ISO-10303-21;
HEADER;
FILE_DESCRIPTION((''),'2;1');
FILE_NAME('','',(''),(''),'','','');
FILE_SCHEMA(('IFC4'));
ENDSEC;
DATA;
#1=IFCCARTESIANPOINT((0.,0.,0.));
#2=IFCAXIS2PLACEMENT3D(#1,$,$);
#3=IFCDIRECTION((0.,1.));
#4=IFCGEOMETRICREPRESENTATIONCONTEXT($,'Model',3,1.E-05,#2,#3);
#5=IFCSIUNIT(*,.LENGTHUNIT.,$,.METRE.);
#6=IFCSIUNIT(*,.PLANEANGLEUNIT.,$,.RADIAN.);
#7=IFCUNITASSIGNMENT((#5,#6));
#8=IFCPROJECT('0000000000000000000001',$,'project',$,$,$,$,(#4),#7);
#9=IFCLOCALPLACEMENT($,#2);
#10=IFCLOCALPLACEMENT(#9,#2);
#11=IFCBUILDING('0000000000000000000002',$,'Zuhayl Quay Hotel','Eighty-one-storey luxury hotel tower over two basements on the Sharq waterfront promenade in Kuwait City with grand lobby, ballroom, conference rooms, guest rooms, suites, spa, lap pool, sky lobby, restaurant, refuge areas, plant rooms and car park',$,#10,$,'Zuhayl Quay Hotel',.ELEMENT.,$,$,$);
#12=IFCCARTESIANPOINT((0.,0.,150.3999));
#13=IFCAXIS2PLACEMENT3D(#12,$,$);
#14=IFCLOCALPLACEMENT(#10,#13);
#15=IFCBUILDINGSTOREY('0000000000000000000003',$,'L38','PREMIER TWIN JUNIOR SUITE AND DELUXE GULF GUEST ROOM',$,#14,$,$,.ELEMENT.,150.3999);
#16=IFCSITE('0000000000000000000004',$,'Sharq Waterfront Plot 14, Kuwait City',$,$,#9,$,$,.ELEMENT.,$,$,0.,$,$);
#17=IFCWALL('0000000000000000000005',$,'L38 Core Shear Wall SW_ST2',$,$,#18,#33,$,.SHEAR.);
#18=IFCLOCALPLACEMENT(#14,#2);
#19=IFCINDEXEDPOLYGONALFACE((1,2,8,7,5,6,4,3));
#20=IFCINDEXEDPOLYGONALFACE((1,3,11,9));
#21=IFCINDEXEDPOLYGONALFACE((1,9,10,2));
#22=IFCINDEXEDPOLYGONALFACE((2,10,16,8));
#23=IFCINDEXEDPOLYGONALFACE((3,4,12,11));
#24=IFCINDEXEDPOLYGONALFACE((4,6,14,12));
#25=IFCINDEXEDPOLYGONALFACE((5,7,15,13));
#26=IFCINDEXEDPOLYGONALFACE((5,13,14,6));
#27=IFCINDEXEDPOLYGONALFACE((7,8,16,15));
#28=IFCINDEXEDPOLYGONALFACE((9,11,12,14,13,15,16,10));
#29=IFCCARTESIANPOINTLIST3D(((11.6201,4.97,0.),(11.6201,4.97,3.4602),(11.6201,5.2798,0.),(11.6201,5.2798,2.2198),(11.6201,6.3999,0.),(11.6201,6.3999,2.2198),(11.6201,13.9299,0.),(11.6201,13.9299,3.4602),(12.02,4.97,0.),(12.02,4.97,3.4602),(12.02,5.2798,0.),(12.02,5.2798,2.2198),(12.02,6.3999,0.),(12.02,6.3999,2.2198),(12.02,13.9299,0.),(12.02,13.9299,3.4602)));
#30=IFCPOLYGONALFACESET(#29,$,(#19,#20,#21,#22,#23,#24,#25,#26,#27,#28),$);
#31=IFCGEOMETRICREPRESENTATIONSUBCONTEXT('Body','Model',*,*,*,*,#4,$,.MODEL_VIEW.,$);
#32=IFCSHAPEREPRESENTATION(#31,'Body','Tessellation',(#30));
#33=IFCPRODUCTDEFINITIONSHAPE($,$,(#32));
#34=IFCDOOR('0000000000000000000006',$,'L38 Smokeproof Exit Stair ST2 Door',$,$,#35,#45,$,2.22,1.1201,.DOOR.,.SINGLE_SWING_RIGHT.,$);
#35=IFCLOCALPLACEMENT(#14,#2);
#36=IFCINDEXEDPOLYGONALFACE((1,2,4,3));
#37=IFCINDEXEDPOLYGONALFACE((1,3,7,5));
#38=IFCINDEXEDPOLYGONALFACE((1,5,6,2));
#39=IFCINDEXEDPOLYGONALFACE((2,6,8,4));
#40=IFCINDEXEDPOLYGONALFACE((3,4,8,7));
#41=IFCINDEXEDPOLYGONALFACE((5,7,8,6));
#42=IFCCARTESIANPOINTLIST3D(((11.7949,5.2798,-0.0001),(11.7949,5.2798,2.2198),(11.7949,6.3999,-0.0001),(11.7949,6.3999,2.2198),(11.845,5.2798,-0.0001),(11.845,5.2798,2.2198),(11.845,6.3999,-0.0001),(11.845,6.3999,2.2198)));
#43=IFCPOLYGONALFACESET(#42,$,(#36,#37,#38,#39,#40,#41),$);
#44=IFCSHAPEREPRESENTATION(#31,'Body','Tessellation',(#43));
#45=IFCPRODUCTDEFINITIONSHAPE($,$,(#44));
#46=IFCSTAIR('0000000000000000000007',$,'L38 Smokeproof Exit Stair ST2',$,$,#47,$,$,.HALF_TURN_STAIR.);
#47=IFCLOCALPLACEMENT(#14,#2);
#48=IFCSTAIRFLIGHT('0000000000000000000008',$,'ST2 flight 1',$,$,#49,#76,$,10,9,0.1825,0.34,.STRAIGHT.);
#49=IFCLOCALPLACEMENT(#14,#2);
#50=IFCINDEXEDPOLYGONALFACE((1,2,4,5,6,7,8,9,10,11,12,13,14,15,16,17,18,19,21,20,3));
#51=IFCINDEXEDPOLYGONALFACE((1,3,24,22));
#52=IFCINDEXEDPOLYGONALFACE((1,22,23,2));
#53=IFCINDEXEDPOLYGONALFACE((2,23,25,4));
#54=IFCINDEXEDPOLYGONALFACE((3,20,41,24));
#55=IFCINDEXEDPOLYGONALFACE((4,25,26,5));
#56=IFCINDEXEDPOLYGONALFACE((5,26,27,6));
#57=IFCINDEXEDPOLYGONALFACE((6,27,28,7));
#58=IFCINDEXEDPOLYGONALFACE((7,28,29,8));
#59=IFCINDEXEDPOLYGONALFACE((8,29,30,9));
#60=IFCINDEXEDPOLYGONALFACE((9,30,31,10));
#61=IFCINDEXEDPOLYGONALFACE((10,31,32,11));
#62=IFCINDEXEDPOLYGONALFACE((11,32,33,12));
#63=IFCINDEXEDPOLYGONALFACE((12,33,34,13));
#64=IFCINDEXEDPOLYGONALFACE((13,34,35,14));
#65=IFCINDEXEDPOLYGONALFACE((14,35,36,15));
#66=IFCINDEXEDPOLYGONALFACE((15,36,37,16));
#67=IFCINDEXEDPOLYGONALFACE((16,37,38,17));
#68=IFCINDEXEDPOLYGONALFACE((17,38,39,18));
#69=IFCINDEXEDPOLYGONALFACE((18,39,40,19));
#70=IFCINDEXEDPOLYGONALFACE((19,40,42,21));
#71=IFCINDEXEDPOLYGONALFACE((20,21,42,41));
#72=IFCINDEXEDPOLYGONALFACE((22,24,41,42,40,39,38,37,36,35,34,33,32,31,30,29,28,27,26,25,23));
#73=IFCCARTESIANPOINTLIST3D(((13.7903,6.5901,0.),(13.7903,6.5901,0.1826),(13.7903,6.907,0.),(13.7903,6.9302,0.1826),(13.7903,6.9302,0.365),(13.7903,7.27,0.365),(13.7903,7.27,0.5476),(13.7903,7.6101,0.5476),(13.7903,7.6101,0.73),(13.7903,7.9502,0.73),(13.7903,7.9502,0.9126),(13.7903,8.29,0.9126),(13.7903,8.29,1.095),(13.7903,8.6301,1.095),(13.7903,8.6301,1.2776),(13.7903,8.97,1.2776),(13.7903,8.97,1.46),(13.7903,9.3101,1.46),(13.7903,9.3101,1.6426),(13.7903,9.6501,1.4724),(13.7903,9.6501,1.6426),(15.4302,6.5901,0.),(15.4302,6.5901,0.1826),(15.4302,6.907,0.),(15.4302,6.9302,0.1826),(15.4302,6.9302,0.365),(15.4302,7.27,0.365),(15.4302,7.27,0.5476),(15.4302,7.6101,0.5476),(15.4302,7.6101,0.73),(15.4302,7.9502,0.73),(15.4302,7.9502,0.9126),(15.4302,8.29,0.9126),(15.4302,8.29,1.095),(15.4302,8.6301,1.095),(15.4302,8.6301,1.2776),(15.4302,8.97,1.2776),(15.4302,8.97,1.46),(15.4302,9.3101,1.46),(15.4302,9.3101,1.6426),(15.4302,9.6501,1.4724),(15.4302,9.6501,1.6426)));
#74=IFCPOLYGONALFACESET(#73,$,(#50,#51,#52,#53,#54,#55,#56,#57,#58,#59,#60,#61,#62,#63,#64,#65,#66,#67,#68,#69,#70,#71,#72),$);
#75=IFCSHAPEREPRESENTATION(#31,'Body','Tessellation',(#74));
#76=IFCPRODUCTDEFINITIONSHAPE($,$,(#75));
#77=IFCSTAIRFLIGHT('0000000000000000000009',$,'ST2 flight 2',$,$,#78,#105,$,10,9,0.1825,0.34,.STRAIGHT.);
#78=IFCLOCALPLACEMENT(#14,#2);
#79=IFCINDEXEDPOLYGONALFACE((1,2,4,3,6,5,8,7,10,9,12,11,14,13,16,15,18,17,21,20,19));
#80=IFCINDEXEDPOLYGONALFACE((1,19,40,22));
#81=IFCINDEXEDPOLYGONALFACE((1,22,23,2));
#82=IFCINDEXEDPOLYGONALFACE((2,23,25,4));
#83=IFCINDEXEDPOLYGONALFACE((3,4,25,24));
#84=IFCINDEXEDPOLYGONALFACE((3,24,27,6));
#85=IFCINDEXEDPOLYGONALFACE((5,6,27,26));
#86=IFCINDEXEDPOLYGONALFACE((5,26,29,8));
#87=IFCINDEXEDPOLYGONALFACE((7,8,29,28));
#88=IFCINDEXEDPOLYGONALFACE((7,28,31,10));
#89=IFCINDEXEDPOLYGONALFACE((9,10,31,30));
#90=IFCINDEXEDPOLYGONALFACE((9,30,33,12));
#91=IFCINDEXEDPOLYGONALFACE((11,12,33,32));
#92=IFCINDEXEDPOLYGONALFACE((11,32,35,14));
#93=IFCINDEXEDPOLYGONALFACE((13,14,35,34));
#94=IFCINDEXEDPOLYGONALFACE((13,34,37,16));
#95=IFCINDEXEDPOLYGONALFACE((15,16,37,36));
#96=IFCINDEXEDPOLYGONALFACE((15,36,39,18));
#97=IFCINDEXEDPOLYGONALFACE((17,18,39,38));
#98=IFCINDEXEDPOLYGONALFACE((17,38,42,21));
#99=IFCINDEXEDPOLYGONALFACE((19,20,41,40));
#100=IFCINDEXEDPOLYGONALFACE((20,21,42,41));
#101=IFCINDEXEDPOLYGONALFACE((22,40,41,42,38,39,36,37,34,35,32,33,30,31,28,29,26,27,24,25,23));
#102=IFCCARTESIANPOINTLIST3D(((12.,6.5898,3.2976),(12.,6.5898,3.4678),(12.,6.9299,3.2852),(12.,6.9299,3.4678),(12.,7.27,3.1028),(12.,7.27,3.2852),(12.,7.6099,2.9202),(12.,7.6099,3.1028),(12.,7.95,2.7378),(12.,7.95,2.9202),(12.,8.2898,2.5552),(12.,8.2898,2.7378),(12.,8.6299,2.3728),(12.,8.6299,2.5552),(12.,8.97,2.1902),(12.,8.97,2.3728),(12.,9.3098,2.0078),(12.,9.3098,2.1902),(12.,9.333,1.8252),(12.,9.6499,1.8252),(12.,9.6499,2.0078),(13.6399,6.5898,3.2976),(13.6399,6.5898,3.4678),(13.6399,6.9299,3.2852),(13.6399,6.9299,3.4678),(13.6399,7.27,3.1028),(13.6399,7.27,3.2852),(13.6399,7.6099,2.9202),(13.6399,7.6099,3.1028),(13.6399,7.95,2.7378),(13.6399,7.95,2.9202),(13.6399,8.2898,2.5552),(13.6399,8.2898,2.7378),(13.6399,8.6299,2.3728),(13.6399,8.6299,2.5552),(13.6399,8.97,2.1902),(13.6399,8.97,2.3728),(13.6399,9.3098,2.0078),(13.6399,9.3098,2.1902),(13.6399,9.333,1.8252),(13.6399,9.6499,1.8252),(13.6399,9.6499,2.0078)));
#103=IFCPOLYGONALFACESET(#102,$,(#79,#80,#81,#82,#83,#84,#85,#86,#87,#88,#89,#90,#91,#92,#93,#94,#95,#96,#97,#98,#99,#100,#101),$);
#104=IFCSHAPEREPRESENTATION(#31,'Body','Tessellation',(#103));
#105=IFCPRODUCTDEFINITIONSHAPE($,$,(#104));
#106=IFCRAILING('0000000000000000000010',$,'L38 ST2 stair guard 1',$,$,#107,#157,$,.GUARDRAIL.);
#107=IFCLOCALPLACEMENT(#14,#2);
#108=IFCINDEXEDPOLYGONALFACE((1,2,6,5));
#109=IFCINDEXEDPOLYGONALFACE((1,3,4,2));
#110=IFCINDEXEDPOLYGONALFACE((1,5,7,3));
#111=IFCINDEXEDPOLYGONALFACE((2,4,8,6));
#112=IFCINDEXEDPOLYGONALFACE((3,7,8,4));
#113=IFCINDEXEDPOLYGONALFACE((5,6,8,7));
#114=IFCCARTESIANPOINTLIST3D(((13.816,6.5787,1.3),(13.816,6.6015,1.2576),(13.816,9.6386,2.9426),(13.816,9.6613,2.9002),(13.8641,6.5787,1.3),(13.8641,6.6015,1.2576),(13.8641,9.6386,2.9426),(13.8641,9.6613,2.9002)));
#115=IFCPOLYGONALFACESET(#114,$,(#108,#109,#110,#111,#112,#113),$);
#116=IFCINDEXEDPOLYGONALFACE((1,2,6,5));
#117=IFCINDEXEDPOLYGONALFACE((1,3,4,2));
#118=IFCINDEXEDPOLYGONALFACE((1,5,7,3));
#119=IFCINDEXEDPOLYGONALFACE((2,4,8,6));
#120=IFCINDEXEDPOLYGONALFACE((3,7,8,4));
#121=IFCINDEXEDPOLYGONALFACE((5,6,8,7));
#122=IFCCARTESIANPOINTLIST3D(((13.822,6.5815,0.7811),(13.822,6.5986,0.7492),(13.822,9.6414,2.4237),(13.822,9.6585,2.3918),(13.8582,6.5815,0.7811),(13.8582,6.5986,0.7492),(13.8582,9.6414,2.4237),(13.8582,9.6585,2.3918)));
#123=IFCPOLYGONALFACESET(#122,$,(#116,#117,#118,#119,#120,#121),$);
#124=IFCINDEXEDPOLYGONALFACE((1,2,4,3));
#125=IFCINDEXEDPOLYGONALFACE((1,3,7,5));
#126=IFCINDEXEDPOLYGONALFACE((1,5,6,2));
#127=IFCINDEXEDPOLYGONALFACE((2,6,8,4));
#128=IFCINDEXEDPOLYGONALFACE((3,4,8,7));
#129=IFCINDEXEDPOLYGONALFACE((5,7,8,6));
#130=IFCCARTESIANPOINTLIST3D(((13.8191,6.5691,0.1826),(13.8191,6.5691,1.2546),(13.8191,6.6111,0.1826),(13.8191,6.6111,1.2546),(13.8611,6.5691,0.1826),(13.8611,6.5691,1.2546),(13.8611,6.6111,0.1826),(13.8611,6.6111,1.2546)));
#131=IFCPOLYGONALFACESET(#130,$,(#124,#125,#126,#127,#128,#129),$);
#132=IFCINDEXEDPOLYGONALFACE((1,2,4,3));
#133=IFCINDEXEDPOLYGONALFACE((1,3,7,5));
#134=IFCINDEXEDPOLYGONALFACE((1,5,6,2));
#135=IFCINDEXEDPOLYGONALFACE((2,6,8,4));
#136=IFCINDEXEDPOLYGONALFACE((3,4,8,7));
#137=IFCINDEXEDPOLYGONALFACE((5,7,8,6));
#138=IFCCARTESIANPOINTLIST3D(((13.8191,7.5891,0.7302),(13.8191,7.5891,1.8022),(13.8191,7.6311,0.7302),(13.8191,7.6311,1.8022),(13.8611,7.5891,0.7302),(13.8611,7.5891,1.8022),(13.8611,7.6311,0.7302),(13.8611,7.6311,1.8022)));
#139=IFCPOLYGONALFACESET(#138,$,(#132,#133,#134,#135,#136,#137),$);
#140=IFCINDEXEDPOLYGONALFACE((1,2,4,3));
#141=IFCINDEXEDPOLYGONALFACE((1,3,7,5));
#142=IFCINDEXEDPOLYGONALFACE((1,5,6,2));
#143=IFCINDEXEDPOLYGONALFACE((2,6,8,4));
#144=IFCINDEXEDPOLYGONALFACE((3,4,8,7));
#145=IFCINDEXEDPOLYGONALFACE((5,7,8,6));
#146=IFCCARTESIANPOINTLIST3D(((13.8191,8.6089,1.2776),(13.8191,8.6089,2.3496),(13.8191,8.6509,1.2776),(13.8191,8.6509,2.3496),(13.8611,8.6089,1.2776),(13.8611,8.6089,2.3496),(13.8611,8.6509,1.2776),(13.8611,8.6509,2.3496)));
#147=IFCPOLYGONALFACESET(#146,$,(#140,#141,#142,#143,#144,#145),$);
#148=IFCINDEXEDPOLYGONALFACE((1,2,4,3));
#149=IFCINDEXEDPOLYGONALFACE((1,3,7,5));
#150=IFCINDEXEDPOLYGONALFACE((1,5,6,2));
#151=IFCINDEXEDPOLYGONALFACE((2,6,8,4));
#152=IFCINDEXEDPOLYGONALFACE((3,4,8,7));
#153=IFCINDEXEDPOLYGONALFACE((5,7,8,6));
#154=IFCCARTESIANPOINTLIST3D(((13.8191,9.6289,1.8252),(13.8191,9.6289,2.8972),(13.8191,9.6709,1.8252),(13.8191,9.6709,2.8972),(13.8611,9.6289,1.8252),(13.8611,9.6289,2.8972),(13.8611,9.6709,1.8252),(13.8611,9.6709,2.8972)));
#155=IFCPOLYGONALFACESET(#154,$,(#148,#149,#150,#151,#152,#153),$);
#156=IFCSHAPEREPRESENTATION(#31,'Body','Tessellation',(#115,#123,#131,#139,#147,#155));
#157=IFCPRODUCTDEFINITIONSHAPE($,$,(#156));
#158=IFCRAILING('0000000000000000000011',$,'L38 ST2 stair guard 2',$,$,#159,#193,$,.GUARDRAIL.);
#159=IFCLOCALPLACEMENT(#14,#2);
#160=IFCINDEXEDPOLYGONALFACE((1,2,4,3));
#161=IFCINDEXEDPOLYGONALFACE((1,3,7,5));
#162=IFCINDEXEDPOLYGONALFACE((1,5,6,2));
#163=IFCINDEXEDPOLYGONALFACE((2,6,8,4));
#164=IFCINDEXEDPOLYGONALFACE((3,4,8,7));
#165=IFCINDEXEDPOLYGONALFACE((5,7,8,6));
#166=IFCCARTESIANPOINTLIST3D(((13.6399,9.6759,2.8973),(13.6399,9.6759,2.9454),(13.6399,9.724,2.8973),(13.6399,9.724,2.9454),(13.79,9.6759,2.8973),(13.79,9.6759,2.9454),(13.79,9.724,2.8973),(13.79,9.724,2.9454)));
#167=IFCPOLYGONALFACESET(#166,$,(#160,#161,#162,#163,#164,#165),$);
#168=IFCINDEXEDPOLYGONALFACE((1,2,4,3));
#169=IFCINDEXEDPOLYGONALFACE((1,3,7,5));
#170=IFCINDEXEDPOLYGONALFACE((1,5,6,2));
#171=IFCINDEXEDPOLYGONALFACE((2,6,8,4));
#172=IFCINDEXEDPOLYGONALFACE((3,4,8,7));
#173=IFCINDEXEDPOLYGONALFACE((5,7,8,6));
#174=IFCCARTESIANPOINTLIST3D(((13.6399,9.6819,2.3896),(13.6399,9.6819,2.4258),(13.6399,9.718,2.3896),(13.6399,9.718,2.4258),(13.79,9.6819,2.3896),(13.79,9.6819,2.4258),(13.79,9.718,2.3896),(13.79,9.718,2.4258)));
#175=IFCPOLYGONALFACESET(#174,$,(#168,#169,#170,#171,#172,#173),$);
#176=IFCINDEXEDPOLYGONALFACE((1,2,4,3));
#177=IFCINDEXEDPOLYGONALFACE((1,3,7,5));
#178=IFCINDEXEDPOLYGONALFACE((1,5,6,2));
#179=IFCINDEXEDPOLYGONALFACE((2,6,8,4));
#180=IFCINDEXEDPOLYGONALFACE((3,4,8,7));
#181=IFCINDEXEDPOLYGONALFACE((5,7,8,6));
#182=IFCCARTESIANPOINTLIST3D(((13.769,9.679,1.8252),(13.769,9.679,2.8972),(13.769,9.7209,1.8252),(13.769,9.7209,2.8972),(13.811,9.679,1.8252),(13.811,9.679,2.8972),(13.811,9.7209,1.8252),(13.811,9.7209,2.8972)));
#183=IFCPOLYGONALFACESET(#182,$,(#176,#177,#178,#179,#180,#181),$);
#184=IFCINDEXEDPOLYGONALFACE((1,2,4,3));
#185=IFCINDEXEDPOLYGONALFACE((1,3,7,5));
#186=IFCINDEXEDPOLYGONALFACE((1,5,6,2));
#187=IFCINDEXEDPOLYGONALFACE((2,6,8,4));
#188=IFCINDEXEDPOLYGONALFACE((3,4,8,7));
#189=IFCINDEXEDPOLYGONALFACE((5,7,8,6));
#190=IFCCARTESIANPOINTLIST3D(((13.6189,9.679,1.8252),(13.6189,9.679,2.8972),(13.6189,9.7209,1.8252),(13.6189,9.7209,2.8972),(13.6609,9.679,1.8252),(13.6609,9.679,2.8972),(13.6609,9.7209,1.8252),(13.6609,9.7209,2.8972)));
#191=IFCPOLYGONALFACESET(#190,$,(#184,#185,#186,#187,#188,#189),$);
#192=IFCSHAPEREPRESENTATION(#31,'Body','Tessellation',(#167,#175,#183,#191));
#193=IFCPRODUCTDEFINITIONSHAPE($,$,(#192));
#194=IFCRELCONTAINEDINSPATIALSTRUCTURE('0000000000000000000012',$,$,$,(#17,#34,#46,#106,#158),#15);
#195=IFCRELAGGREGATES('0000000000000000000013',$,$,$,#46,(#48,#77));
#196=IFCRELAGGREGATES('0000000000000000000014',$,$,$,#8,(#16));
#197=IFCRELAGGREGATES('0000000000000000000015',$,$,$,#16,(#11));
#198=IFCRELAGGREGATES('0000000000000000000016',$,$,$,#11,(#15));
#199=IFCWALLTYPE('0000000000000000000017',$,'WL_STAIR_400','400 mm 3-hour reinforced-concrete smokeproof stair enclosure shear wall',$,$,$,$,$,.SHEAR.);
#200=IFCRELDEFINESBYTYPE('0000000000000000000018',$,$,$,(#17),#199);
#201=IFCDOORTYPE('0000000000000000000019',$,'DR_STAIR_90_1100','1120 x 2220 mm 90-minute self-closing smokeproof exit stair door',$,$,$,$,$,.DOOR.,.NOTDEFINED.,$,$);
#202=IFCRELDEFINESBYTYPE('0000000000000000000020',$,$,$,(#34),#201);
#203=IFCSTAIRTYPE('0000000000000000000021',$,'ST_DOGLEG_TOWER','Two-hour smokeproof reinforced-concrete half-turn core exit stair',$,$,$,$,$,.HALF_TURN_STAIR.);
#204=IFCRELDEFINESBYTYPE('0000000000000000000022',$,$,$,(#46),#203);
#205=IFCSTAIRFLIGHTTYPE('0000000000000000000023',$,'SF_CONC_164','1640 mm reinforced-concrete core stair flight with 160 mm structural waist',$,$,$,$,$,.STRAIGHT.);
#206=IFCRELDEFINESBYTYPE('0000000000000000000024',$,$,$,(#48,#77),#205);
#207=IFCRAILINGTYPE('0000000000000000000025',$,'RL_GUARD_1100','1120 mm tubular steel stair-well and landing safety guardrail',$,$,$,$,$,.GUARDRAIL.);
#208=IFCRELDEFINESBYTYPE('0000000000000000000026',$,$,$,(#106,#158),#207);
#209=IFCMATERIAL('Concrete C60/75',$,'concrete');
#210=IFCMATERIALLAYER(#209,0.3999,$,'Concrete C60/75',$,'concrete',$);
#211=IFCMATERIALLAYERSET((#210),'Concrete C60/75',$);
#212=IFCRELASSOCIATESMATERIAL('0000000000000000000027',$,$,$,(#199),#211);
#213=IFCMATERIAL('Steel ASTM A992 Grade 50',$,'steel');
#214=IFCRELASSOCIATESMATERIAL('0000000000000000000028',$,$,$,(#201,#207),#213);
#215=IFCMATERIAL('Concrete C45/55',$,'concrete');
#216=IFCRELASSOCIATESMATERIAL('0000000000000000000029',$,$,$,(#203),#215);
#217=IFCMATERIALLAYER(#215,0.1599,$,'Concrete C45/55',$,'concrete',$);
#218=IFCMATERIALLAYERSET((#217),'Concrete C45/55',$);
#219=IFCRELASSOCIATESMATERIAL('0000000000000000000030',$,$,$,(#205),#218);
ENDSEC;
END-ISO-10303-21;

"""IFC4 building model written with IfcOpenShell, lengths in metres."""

from ifc_helpers import new_model, si_unit, direction, frame, frame_2d, origin, origin_2d, place, context, subcontext, project, spatial, polyline, rectangle, outline, extrude, material, layer, layer_set, type_object, element, fill, aggregate, save


model = new_model("IFC4")

# Units and contexts
model_context = context("Model", 3, precision=1e-05, world=origin(), true_north=direction((0.0, 1.0)))
body_context = subcontext(model_context, "Body", "Model", "MODEL_VIEW")
ifc_project = project(units=[si_unit("LENGTHUNIT", "METRE"), si_unit("PLANEANGLEUNIT", "RADIAN")], contexts=[model_context])

# Site, building, storey
site_placement = place(None, origin())
site = spatial("IfcSite", under=ifc_project, at=site_placement, Name="Sharq Waterfront Plot 14, Kuwait City", CompositionType="ELEMENT", RefElevation=0.0)
building_placement = place(site_placement, origin())
building = spatial("IfcBuilding", under=site, at=building_placement, Name="Zuhayl Quay Hotel", Description="Eighty-one-storey luxury hotel tower over two basements on the Sharq waterfront promenade in Kuwait City with grand lobby, ballroom, conference rooms, guest rooms, suites, spa, lap pool, sky lobby, restaurant, refuge areas, plant rooms and car park", LongName="Zuhayl Quay Hotel", CompositionType="ELEMENT")
storey_placement = place(building_placement, frame((0.0, 0.0, 150.3999)))
storey = spatial("IfcBuildingStorey", under=building, at=storey_placement, Name="L38", Description="PREMIER TWIN JUNIOR SUITE AND DELUXE GULF GUEST ROOM", CompositionType="ELEMENT", Elevation=150.3999)

# Shared definitions
ifc_material_1 = material(Name="Steel ASTM A992 Grade 50", Category="steel")

# Shared definitions
ifc_material_2 = material(Name="Concrete C60/75", Category="concrete")

# Wall, opening, door
ifc_layer_1 = layer(ifc_material_2, 0.3999, Name="Concrete C60/75", Category="concrete")
ifc_layer_set_1 = layer_set([ifc_layer_1], Name="Concrete C60/75")
wall_type_1 = type_object("IfcWallType", Name="WL_STAIR_400", Description="400 mm 3-hour reinforced-concrete smokeproof stair enclosure shear wall", PredefinedType="SHEAR", material=ifc_layer_set_1)
wall_1_placement = place(storey_placement, frame((11.8201, 13.9299, 0.0), z_axis=(0.0, 0.0, 1.0), x_axis=(0.0, -1.0, 0.0)))
wall_1 = element("IfcWall", 1, at=wall_1_placement, inside=storey, type_object=wall_type_1, Name="L38 Core Shear Wall SW_ST2", PredefinedType="SHEAR", context=body_context, shape_type="SweptSolid", body=[
    extrude(rectangle(XDim=8.96, YDim=0.3999, at=frame_2d((4.48, 0.0))), origin(), (0.0, 0.0, 1.0), 3.4602),
])
opening_1_placement = place(wall_1_placement, frame((7.53, 0.0, 0.0)))
opening_1 = element("IfcOpeningElement", 2, at=opening_1_placement, cuts=wall_1, PredefinedType="OPENING", context=body_context, shape_type="SweptSolid", body=[
    extrude(rectangle(XDim=1.1201, YDim=2.22, at=frame_2d((0.5601, 1.1099))), frame((0.0, 0.21, 0.0), z_axis=(0.0, -1.0, 0.0), x_axis=(1.0, 0.0, 0.0)), (0.0, 0.0, 1.0), 0.4199),
])
door_type_1 = type_object("IfcDoorType", Name="DR_STAIR_90_1100", Description="1120 x 2220 mm 90-minute self-closing smokeproof exit stair door", OperationType="NOTDEFINED", PredefinedType="DOOR", material=ifc_material_1)
door_1_placement = place(opening_1_placement, origin())
door_1 = element("IfcDoor", 3, at=door_1_placement, inside=storey, type_object=door_type_1, Name="L38 Smokeproof Exit Stair ST2 Door", OperationType="SINGLE_SWING_RIGHT", OverallHeight=2.22, OverallWidth=1.1201, PredefinedType="DOOR", context=body_context, shape_type="SweptSolid", body=[
    extrude(rectangle(XDim=1.1201, YDim=2.22, at=frame_2d((0.5601, 1.1099))), frame((0.0, 0.0249, 0.0), z_axis=(0.0, -1.0, 0.0), x_axis=(1.0, 0.0, 0.0)), (0.0, 0.0, 1.0), 0.05),
])
fill(opening_1, door_1)

# Stair, stair flights
ifc_material_3 = material(Name="Concrete C45/55", Category="concrete")
stair_type = type_object("IfcStairType", Name="ST_DOGLEG_TOWER", Description="Two-hour smokeproof reinforced-concrete half-turn core exit stair", PredefinedType="HALF_TURN_STAIR", material=ifc_material_3)
stair_placement = place(storey_placement, origin())
stair = element("IfcStair", 4, at=stair_placement, inside=storey, type_object=stair_type, Name="L38 Smokeproof Exit Stair ST2", PredefinedType="HALF_TURN_STAIR")
ifc_layer_2 = layer(ifc_material_3, 0.1599, Name="Concrete C45/55", Category="concrete")
ifc_layer_set_2 = layer_set([ifc_layer_2], Name="Concrete C45/55")
stair_flight_type = type_object("IfcStairFlightType", Name="SF_CONC_164", Description="1640 mm reinforced-concrete core stair flight with 160 mm structural waist", PredefinedType="STRAIGHT", material=ifc_layer_set_2)
stair_flight_1_placement = place(storey_placement, frame((14.6101, 6.5901, 0.0), z_axis=(0.0, 0.0, 1.0), x_axis=(0.0, 1.0, 0.0)))
stair_flight_1 = element("IfcStairFlight", 5, at=stair_flight_1_placement, type_object=stair_flight_type, Name="ST2 flight 1", NumberOfRisers=10, NumberOfTreads=9, PredefinedType="STRAIGHT", RiserHeight=0.1825, TreadLength=0.34, context=body_context, shape_type="SweptSolid", body=[
    extrude(outline(polyline([(0.0, 0.0), (0.0, 0.1826), (0.3401, 0.1826), (0.3401, 0.365), (0.6799, 0.365), (0.6799, 0.5476), (1.02, 0.5476), (1.02, 0.73), (1.3601, 0.73), (1.3601, 0.9126), (1.7, 0.9126), (1.7, 1.095), (2.04, 1.095), (2.04, 1.2776), (2.3799, 1.2776), (2.3799, 1.46), (2.72, 1.46), (2.72, 1.6426), (3.0601, 1.6426), (3.0601, 1.825), (3.0601, 1.4724), (0.3169, 0.0), (0.0, 0.0)])), frame((0.0, 0.8198, 0.0), z_axis=(0.0, -1.0, 0.0), x_axis=(1.0, 0.0, 0.0)), (0.0, 0.0, 1.0), 1.6399),
])
stair_flight_2_placement = place(storey_placement, frame((12.8201, 9.6499, 1.8252), z_axis=(0.0, 0.0, 1.0), x_axis=(0.0, -1.0, 0.0)))
stair_flight_2 = element("IfcStairFlight", 6, at=stair_flight_2_placement, type_object=stair_flight_type, Name="ST2 flight 2", NumberOfRisers=10, NumberOfTreads=9, PredefinedType="STRAIGHT", RiserHeight=0.1825, TreadLength=0.34, context=body_context, shape_type="SweptSolid", body=[
    extrude(outline(polyline([(0.0, 0.0), (0.0, 0.1826), (0.3401, 0.1826), (0.3401, 0.365), (0.6799, 0.365), (0.6799, 0.5476), (1.02, 0.5476), (1.02, 0.73), (1.3601, 0.73), (1.3601, 0.9126), (1.7, 0.9126), (1.7, 1.095), (2.04, 1.095), (2.04, 1.2776), (2.3799, 1.2776), (2.3799, 1.46), (2.72, 1.46), (2.72, 1.6426), (3.0601, 1.6426), (3.0601, 1.825), (3.0601, 1.4724), (0.3169, 0.0), (0.0, 0.0)])), frame((0.0, 0.8198, 0.0), z_axis=(0.0, -1.0, 0.0), x_axis=(1.0, 0.0, 0.0)), (0.0, 0.0, 1.0), 1.6399),
])
aggregate(stair, [stair_flight_1, stair_flight_2])

# Railings
railing_type_1 = type_object("IfcRailingType", Name="RL_GUARD_1100", Description="1120 mm tubular steel stair-well and landing safety guardrail", PredefinedType="GUARDRAIL", material=ifc_material_1)
railing_1_placement = place(storey_placement, frame((13.8401, 6.5901, 0.1826)))
element("IfcRailing", 7, at=railing_1_placement, inside=storey, type_object=railing_type_1, Name="L38 ST2 stair guard 1", PredefinedType="GUARDRAIL", context=body_context, shape_type="SweptSolid", body=[
    extrude(rectangle(XDim=0.0481, YDim=0.0481, at=origin_2d()), frame((0.0, 0.0, 1.0962), z_axis=(0.0, 0.881073, 0.47298), x_axis=(-1.0, 0.0, 0.0)), (0.0, 0.0, 1.0), 3.4729),
    extrude(rectangle(XDim=0.0361, YDim=0.0361, at=origin_2d()), frame((0.0, 0.0, 0.5825), z_axis=(0.0, 0.881073, 0.47298), x_axis=(-1.0, 0.0, 0.0)), (0.0, 0.0, 1.0), 3.4729),
    extrude(rectangle(XDim=0.042, YDim=0.042, at=origin_2d()), origin(), (0.0, 0.0, 1.0), 1.072),
    extrude(rectangle(XDim=0.042, YDim=0.042, at=origin_2d()), frame((0.0, 1.02, 0.5476)), (0.0, 0.0, 1.0), 1.072),
    extrude(rectangle(XDim=0.042, YDim=0.042, at=origin_2d()), frame((0.0, 2.0398, 1.095)), (0.0, 0.0, 1.0), 1.072),
    extrude(rectangle(XDim=0.042, YDim=0.042, at=origin_2d()), frame((0.0, 3.0598, 1.6426)), (0.0, 0.0, 1.0), 1.072),
])
railing_2_placement = place(storey_placement, frame((13.79, 9.7, 1.8252)))
element("IfcRailing", 8, at=railing_2_placement, inside=storey, type_object=railing_type_1, Name="L38 ST2 stair guard 2", PredefinedType="GUARDRAIL", context=body_context, shape_type="SweptSolid", body=[
    extrude(rectangle(XDim=0.0481, YDim=0.0481, at=origin_2d()), frame((0.0, 0.0, 1.0962), z_axis=(-1.0, 0.0, 0.0), x_axis=(0.0, -1.0, 0.0)), (0.0, 0.0, 1.0), 0.1501),
    extrude(rectangle(XDim=0.0361, YDim=0.0361, at=origin_2d()), frame((0.0, 0.0, 0.5825), z_axis=(-1.0, 0.0, 0.0), x_axis=(0.0, -1.0, 0.0)), (0.0, 0.0, 1.0), 0.1501),
    extrude(rectangle(XDim=0.042, YDim=0.042, at=origin_2d()), origin(), (0.0, 0.0, 1.0), 1.072),
    extrude(rectangle(XDim=0.042, YDim=0.042, at=origin_2d()), frame((-0.1501, 0.0, 0.0)), (0.0, 0.0, 1.0), 1.072),
])

save(model, "model.ifc")
